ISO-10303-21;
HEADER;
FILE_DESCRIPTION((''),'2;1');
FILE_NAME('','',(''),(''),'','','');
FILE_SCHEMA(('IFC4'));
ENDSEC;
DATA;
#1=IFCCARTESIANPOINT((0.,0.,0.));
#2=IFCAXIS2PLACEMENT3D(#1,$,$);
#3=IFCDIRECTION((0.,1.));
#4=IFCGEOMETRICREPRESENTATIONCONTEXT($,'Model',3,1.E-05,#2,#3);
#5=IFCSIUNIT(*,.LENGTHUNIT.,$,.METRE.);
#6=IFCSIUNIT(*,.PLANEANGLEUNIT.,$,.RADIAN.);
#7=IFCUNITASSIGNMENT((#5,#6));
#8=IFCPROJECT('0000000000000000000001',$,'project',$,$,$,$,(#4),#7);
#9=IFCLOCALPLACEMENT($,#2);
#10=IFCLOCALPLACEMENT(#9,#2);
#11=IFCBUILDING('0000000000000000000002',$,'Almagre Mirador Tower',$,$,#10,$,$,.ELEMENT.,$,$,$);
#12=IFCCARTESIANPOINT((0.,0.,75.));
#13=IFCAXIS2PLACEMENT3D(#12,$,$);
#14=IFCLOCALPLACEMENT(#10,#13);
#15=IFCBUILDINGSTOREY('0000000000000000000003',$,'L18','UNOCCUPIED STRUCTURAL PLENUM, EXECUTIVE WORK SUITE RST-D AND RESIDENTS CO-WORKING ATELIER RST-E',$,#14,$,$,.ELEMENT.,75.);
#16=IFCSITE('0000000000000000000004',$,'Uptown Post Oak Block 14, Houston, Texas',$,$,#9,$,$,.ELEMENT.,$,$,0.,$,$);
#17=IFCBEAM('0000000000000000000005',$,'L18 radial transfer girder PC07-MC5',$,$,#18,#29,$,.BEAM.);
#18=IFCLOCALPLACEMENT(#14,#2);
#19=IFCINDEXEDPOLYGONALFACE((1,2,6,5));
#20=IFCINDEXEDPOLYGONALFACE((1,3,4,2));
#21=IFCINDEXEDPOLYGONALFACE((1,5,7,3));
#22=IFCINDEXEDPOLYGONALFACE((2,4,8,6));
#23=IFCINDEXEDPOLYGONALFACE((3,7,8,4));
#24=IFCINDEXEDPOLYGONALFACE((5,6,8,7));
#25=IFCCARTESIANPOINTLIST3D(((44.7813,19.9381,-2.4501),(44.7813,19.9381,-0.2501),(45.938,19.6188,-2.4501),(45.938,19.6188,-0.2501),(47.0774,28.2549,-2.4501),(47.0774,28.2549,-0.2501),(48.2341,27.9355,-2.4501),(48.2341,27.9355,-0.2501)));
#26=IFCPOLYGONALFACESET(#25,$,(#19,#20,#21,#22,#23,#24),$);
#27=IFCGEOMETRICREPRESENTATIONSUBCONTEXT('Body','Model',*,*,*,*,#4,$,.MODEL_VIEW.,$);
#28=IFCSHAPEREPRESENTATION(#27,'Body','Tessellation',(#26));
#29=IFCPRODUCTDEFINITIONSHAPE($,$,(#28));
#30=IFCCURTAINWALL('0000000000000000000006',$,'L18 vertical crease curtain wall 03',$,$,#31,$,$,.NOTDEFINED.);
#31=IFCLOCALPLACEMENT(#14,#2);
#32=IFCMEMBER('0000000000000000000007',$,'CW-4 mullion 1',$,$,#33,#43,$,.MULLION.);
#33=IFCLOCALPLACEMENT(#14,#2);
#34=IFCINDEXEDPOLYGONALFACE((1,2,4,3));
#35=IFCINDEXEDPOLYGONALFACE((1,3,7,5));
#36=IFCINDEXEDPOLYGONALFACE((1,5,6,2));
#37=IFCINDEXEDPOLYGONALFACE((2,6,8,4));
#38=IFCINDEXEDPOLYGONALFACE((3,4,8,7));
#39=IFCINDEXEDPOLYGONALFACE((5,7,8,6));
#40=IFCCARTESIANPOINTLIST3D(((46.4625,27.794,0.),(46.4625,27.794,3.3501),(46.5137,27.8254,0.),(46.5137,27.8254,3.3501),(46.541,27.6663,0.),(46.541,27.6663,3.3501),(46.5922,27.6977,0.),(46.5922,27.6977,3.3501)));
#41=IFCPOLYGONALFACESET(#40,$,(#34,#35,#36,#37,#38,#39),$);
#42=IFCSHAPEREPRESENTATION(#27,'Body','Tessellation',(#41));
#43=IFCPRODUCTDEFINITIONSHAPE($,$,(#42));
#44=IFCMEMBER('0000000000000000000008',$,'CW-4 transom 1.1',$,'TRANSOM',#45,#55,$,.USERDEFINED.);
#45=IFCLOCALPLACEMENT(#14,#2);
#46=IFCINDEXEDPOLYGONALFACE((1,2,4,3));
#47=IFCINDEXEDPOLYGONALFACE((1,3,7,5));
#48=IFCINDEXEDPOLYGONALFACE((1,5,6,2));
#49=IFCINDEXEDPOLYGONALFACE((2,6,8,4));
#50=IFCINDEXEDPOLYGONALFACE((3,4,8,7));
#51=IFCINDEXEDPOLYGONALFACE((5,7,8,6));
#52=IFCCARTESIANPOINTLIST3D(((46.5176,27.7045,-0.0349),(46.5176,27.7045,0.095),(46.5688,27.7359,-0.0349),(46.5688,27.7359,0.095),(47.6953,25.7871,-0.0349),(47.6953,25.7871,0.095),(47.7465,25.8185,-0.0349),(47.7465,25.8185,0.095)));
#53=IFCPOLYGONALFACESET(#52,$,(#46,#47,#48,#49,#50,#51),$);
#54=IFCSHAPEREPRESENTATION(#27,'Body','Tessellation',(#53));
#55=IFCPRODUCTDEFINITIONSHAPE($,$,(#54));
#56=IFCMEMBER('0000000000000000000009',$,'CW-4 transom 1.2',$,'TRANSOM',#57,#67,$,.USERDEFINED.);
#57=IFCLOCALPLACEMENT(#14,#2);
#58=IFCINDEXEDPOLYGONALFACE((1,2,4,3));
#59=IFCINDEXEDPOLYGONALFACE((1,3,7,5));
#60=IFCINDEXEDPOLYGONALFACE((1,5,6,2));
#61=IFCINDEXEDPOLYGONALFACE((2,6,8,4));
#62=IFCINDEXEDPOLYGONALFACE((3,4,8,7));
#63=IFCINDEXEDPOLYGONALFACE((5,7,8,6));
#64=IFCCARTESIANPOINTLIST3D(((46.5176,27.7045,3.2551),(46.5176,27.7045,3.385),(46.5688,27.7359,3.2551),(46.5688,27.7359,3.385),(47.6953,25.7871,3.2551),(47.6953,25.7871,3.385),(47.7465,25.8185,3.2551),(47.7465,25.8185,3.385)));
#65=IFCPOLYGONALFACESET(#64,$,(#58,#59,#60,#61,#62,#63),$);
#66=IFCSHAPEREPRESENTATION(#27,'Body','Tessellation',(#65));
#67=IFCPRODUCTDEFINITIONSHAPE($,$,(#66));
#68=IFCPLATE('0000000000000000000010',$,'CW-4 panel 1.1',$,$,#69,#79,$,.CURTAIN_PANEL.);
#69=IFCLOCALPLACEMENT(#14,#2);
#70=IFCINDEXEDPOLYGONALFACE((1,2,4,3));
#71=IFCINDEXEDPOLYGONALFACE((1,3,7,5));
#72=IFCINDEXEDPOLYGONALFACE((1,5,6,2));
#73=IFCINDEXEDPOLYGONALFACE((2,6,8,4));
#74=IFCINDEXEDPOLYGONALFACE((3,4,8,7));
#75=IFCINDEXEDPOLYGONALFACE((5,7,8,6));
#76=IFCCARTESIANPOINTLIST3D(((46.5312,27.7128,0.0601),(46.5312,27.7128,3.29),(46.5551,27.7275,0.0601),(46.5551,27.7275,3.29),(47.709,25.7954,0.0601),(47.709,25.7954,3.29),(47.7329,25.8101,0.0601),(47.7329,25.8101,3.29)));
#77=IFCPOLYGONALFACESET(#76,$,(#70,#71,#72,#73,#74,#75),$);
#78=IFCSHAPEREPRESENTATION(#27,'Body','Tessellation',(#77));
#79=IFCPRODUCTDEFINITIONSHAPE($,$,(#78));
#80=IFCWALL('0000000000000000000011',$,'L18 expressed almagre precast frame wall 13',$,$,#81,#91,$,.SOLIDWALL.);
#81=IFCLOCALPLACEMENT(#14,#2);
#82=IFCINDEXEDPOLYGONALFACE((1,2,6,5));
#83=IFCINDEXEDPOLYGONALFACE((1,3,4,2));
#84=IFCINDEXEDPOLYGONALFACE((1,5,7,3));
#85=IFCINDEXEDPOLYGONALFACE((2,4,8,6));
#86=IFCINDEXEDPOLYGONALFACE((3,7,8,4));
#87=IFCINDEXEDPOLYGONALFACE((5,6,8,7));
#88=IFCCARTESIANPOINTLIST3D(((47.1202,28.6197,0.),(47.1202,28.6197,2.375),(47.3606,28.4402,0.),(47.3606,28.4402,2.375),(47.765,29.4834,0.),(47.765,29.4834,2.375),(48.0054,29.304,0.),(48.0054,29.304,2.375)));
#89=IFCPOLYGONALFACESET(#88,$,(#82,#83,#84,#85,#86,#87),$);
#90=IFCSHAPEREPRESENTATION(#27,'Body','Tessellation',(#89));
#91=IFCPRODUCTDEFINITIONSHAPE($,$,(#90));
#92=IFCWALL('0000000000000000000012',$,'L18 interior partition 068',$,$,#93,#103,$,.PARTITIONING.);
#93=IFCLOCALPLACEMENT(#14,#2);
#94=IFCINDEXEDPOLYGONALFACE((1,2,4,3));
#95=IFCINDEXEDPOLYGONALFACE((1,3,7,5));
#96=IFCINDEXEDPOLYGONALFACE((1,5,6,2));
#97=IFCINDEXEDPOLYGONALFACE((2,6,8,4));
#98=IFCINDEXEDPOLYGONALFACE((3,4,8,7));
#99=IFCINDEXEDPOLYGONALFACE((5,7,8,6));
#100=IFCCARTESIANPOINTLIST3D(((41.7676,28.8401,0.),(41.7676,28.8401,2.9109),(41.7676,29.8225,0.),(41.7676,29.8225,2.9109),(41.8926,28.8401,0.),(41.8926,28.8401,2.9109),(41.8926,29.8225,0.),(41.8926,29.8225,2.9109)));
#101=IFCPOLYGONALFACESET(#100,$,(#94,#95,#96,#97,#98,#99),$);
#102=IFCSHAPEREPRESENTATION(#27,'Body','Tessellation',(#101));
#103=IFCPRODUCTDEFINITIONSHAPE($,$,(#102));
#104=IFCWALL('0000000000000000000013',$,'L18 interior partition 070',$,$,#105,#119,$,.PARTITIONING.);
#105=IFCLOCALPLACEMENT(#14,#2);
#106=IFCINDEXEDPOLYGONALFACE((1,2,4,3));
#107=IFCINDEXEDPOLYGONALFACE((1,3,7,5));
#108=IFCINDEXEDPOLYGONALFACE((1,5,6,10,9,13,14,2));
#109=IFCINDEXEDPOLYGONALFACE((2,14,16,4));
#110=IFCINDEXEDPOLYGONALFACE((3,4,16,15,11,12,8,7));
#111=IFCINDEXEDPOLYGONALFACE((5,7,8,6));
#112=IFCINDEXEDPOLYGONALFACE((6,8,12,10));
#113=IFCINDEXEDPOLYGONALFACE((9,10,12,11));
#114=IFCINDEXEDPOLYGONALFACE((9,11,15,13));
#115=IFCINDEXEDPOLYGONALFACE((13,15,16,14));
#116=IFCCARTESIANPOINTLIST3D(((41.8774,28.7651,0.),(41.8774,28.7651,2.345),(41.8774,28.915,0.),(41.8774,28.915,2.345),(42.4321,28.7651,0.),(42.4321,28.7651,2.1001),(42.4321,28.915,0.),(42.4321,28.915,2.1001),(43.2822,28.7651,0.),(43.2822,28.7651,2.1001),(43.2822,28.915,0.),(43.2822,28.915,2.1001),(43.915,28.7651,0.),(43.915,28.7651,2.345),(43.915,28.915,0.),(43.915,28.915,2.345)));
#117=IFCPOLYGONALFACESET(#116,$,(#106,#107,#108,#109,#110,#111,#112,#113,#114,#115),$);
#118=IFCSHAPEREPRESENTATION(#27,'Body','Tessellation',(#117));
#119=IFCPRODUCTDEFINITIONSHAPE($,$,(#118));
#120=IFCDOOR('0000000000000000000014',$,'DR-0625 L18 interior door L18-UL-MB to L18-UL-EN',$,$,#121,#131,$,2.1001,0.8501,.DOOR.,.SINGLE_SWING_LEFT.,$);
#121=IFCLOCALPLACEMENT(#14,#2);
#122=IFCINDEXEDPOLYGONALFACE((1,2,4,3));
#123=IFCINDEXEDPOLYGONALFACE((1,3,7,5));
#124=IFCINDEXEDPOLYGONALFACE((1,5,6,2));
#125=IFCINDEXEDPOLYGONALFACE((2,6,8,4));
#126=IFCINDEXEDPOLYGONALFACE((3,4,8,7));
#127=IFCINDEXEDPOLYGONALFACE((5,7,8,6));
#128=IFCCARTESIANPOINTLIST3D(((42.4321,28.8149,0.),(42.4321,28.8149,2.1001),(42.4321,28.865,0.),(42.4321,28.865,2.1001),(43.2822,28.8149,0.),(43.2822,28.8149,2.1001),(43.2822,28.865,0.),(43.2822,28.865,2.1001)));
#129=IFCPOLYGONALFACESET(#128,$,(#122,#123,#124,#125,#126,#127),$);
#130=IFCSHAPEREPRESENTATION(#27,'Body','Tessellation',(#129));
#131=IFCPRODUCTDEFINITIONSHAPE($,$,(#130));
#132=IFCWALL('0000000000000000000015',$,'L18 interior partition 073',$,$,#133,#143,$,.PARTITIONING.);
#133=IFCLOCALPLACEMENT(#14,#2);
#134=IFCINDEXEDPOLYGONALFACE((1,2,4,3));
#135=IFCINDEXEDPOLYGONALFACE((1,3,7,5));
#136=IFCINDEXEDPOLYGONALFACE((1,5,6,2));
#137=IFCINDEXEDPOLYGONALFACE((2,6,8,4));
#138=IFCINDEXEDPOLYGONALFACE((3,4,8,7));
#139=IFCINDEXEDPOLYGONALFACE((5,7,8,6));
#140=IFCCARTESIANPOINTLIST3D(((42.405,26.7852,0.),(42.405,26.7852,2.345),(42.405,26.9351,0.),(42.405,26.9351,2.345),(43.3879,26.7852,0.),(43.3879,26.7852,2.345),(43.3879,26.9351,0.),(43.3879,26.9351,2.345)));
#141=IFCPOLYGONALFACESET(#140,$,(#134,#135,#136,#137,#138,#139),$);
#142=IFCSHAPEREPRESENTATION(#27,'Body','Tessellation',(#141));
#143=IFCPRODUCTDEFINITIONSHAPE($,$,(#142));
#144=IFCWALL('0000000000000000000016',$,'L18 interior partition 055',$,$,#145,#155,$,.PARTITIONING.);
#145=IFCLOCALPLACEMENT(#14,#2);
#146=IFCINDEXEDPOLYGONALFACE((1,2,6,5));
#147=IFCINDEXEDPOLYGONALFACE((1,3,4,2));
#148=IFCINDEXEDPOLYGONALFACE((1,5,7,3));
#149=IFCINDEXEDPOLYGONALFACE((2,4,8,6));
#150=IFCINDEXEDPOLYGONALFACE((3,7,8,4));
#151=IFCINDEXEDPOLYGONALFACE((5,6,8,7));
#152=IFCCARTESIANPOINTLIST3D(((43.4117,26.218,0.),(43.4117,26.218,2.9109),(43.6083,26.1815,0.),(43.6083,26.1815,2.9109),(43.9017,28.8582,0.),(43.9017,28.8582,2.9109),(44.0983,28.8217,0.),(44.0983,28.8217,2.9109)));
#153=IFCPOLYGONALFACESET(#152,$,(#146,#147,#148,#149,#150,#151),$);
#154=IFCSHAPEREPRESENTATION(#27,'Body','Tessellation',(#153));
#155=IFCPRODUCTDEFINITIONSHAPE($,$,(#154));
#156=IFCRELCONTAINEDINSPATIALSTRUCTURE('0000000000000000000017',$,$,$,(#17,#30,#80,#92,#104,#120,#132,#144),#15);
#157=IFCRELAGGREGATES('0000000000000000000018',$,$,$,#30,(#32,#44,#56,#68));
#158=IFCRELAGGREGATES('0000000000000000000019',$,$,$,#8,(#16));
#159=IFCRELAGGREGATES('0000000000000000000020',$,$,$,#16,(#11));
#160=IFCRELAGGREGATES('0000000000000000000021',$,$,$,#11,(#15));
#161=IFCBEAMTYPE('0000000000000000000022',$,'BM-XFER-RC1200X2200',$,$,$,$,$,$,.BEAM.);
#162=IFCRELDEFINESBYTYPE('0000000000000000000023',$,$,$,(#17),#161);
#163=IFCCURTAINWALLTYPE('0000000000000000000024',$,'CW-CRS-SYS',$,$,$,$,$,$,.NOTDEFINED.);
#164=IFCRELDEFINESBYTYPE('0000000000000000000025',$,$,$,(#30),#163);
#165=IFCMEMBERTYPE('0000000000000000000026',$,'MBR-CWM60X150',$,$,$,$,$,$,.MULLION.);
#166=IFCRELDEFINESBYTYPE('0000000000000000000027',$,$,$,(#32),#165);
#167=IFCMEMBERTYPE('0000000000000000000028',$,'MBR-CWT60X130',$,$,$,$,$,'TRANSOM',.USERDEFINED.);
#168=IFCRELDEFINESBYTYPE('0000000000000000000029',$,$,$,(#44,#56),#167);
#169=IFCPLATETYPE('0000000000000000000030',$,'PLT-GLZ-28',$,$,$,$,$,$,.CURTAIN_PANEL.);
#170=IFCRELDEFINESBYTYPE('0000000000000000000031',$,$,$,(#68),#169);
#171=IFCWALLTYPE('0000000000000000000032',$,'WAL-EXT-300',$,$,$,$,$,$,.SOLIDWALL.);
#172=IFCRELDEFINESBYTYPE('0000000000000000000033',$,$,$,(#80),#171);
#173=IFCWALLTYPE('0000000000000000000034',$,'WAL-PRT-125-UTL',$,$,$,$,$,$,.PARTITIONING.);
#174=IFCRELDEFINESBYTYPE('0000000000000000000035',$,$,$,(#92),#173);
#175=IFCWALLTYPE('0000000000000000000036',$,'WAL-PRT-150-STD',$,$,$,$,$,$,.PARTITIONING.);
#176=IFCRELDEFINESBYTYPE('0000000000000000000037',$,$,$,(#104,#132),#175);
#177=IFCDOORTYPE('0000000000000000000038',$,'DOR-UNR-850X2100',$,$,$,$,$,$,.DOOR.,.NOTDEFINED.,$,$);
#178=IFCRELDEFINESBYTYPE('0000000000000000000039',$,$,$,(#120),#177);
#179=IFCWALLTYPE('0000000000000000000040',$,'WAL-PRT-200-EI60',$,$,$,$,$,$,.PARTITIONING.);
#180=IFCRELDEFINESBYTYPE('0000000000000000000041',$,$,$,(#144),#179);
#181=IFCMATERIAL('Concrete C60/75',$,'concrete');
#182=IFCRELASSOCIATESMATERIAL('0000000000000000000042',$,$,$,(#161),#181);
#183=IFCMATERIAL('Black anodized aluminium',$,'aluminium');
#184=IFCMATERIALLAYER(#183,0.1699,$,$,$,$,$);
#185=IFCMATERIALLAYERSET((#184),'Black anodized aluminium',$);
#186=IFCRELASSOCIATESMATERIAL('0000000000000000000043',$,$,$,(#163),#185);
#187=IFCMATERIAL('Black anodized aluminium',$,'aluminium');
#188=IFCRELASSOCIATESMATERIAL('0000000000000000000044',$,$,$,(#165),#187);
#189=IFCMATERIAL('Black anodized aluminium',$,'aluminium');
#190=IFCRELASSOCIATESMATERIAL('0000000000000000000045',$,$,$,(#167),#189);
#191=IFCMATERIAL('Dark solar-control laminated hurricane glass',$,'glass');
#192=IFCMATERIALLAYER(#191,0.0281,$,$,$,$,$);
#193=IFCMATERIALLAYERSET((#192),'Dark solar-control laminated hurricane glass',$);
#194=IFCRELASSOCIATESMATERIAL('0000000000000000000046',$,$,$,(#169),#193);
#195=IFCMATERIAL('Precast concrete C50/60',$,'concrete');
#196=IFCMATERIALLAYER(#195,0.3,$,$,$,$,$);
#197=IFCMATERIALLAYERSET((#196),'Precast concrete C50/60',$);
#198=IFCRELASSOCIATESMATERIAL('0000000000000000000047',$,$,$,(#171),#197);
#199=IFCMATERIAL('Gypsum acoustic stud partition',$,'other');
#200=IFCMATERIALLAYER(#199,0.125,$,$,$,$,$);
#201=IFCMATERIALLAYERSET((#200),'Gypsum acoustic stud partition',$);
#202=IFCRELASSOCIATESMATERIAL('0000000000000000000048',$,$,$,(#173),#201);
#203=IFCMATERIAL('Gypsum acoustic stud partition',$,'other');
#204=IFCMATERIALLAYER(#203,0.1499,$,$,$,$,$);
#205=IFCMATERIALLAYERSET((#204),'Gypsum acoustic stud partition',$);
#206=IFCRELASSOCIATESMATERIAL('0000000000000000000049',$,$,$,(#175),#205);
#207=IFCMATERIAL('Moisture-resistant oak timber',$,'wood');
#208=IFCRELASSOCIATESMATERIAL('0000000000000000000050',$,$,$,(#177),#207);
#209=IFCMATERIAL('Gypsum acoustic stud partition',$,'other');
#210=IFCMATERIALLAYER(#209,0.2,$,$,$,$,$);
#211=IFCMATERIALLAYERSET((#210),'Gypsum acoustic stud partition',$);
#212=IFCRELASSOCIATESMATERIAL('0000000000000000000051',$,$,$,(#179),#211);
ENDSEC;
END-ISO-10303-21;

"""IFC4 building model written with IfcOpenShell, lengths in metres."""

from ifc_helpers import new_model, si_unit, direction, frame, frame_2d, origin, origin_2d, place, context, subcontext, project, spatial, rectangle, extrude, material, layer, layer_set, material_profile, profile_set, type_object, element, fill, aggregate, save


model = new_model("IFC4")

# Units and contexts
model_context = context("Model", 3, precision=1e-05, world=origin(), true_north=direction((0.0, 1.0)))
body_context = subcontext(model_context, "Body", "Model", "MODEL_VIEW")
ifc_project = project(units=[si_unit("LENGTHUNIT", "METRE"), si_unit("PLANEANGLEUNIT", "RADIAN")], contexts=[model_context])

# Site, building, storey
site_placement = place(None, origin())
site = spatial("IfcSite", under=ifc_project, at=site_placement, Name="Uptown Post Oak Block 14, Houston, Texas", CompositionType="ELEMENT", RefElevation=0.0)
building_placement = place(site_placement, origin())
building = spatial("IfcBuilding", under=site, at=building_placement, Name="Almagre Mirador Tower", CompositionType="ELEMENT")
storey_placement = place(building_placement, frame((0.0, 0.0, 75.0)))
storey = spatial("IfcBuildingStorey", under=building, at=storey_placement, Name="L18", Description="UNOCCUPIED STRUCTURAL PLENUM, EXECUTIVE WORK SUITE RST-D AND RESIDENTS CO-WORKING ATELIER RST-E", CompositionType="ELEMENT", Elevation=75.0)

# Beam
ifc_material_1 = material(Name="Concrete C60/75", Category="concrete")
ifc_material_profile_1 = material_profile(ifc_material_1, rectangle(XDim=1.2, YDim=2.2, at=origin_2d()), Name="RC1200X2200")
ifc_profile_set_1 = profile_set([ifc_material_profile_1], Name="Concrete C60/75")
beam_type_1 = type_object("IfcBeamType", Name="BM-XFER-RC1200X2200", PredefinedType="BEAM", material=ifc_profile_set_1)
beam_1_placement = place(storey_placement, frame((47.6558, 28.0952, -1.3501), z_axis=(-0.266126, -0.963938, 0.0), x_axis=(0.963938, -0.266126, 0.0)))
element("IfcBeam", 1, at=beam_1_placement, inside=storey, type_object=beam_type_1, Name="L18 radial transfer girder PC07-MC5", PredefinedType="BEAM", context=body_context, shape_type="SweptSolid", body=[
    extrude(rectangle(XDim=1.2, YDim=2.2, at=origin_2d()), origin(), (0.0, 0.0, 1.0), 8.6279),
])

# Curtain wall, members, plate
ifc_material_2 = material(Name="Black anodized aluminium", Category="aluminium")
ifc_layer_1 = layer(ifc_material_2, 0.1699)
ifc_layer_set_1 = layer_set([ifc_layer_1], Name="Black anodized aluminium")
curtain_wall_type = type_object("IfcCurtainWallType", Name="CW-CRS-SYS", PredefinedType="NOTDEFINED", material=ifc_layer_set_1)
curtain_wall_placement = place(storey_placement, origin())
curtain_wall = element("IfcCurtainWall", 2, at=curtain_wall_placement, inside=storey, type_object=curtain_wall_type, Name="L18 vertical crease curtain wall 03", PredefinedType="NOTDEFINED")
ifc_material_3 = material(Name="Black anodized aluminium", Category="aluminium")
ifc_material_profile_2 = material_profile(ifc_material_3, rectangle(XDim=0.0601, YDim=0.1499, at=origin_2d()), Name="CWM60X150")
ifc_profile_set_2 = profile_set([ifc_material_profile_2], Name="Black anodized aluminium")
member_type_1 = type_object("IfcMemberType", Name="MBR-CWM60X150", PredefinedType="MULLION", material=ifc_profile_set_2)
member_1_placement = place(storey_placement, frame((46.5273, 27.7458, 0.0), z_axis=(0.0, 0.0, 1.0), x_axis=(0.852078, 0.523415, 0.0)))
member_1 = element("IfcMember", 3, at=member_1_placement, type_object=member_type_1, Name="CW-4 mullion 1", PredefinedType="MULLION", context=body_context, shape_type="SweptSolid", body=[
    extrude(rectangle(XDim=0.0601, YDim=0.1499, at=origin_2d()), origin(), (0.0, 0.0, 1.0), 3.3501),
])
ifc_material_4 = material(Name="Black anodized aluminium", Category="aluminium")
ifc_material_profile_3 = material_profile(ifc_material_4, rectangle(XDim=0.0601, YDim=0.1299, at=origin_2d()), Name="CWT60X130")
ifc_profile_set_3 = profile_set([ifc_material_profile_3], Name="Black anodized aluminium")
member_type_2 = type_object("IfcMemberType", Name="MBR-CWT60X130", ElementType="TRANSOM", PredefinedType="USERDEFINED", material=ifc_profile_set_3)
member_2_placement = place(storey_placement, frame((46.5432, 27.7202, 0.03), z_axis=(0.523371, -0.852105, 0.0), x_axis=(0.852105, 0.523371, 0.0)))
member_2 = element("IfcMember", 4, at=member_2_placement, type_object=member_type_2, Name="CW-4 transom 1.1", ObjectType="TRANSOM", PredefinedType="USERDEFINED", context=body_context, shape_type="SweptSolid", body=[
    extrude(rectangle(XDim=0.0601, YDim=0.1299, at=origin_2d()), origin(), (0.0, 0.0, 1.0), 2.2502),
])
member_3_placement = place(storey_placement, frame((46.5432, 27.7202, 3.3201), z_axis=(0.523371, -0.852105, 0.0), x_axis=(0.852105, 0.523371, 0.0)))
member_3 = element("IfcMember", 5, at=member_3_placement, type_object=member_type_2, Name="CW-4 transom 1.2", ObjectType="TRANSOM", PredefinedType="USERDEFINED", context=body_context, shape_type="SweptSolid", body=[
    extrude(rectangle(XDim=0.0601, YDim=0.1299, at=origin_2d()), origin(), (0.0, 0.0, 1.0), 2.2502),
])
ifc_material_5 = material(Name="Dark solar-control laminated hurricane glass", Category="glass")
ifc_layer_2 = layer(ifc_material_5, 0.0281)
ifc_layer_set_2 = layer_set([ifc_layer_2], Name="Dark solar-control laminated hurricane glass")
plate_type = type_object("IfcPlateType", Name="PLT-GLZ-28", PredefinedType="CURTAIN_PANEL", material=ifc_layer_set_2)
plate_placement = place(storey_placement, frame((47.1321, 26.7615, 0.0601), z_axis=(0.0, 0.0, 1.0), x_axis=(0.523415, -0.852078, 0.0)))
plate = element("IfcPlate", 6, at=plate_placement, type_object=plate_type, Name="CW-4 panel 1.1", PredefinedType="CURTAIN_PANEL", context=body_context, shape_type="SweptSolid", body=[
    extrude(rectangle(XDim=2.2502, YDim=0.0281, at=origin_2d()), origin(), (0.0, 0.0, 1.0), 3.23),
])
aggregate(curtain_wall, [member_1, member_2, member_3, plate])

# Walls
ifc_material_6 = material(Name="Precast concrete C50/60", Category="concrete")
ifc_layer_3 = layer(ifc_material_6, 0.3)
ifc_layer_set_3 = layer_set([ifc_layer_3], Name="Precast concrete C50/60")
wall_type_1 = type_object("IfcWallType", Name="WAL-EXT-300", PredefinedType="SOLIDWALL", material=ifc_layer_set_3)
wall_1_placement = place(storey_placement, frame((47.8853, 29.3938, 0.0), z_axis=(0.0, 0.0, 1.0), x_axis=(-0.598186, -0.801357, 0.0)))
element("IfcWall", 7, at=wall_1_placement, inside=storey, type_object=wall_type_1, Name="L18 expressed almagre precast frame wall 13", PredefinedType="SOLIDWALL", context=body_context, shape_type="SweptSolid", body=[
    extrude(rectangle(XDim=1.0779, YDim=0.3, at=frame_2d((0.5391, 0.0))), origin(), (0.0, 0.0, 1.0), 2.375),
])
ifc_material_7 = material(Name="Gypsum acoustic stud partition", Category="other")
ifc_layer_4 = layer(ifc_material_7, 0.125)
ifc_layer_set_4 = layer_set([ifc_layer_4], Name="Gypsum acoustic stud partition")
wall_type_2 = type_object("IfcWallType", Name="WAL-PRT-125-UTL", PredefinedType="PARTITIONING", material=ifc_layer_set_4)
wall_2_placement = place(storey_placement, frame((41.8301, 28.8401, 0.0), z_axis=(0.0, 0.0, 1.0), x_axis=(0.0, 1.0, 0.0)))
element("IfcWall", 8, at=wall_2_placement, inside=storey, type_object=wall_type_2, Name="L18 interior partition 068", PredefinedType="PARTITIONING", context=body_context, shape_type="SweptSolid", body=[
    extrude(rectangle(XDim=0.9824, YDim=0.125, at=frame_2d((0.4912, 0.0))), origin(), (0.0, 0.0, 1.0), 2.9109),
])

# Wall, opening, door
ifc_material_8 = material(Name="Gypsum acoustic stud partition", Category="other")
ifc_layer_5 = layer(ifc_material_8, 0.1499)
ifc_layer_set_5 = layer_set([ifc_layer_5], Name="Gypsum acoustic stud partition")
wall_type_3 = type_object("IfcWallType", Name="WAL-PRT-150-STD", PredefinedType="PARTITIONING", material=ifc_layer_set_5)
wall_3_placement = place(storey_placement, frame((41.8774, 28.8401, 0.0), z_axis=(0.0, 0.0, 1.0), x_axis=(1.0, 0.0, 0.0)))
wall_3 = element("IfcWall", 9, at=wall_3_placement, inside=storey, type_object=wall_type_3, Name="L18 interior partition 070", PredefinedType="PARTITIONING", context=body_context, shape_type="SweptSolid", body=[
    extrude(rectangle(XDim=2.0376, YDim=0.1499, at=frame_2d((1.0188, 0.0))), origin(), (0.0, 0.0, 1.0), 2.345),
])
opening_placement = place(wall_3_placement, frame((0.5547, 0.0, 0.0)))
opening = element("IfcOpeningElement", 10, at=opening_placement, cuts=wall_3, PredefinedType="OPENING", context=body_context, shape_type="SweptSolid", body=[
    extrude(rectangle(XDim=0.8501, YDim=2.1001, at=frame_2d((0.425, 1.05))), frame((0.0, 0.085, 0.0), z_axis=(0.0, -1.0, 0.0), x_axis=(1.0, 0.0, 0.0)), (0.0, 0.0, 1.0), 0.1699),
])
ifc_material_9 = material(Name="Moisture-resistant oak timber", Category="wood")
door_type = type_object("IfcDoorType", Name="DOR-UNR-850X2100", OperationType="NOTDEFINED", PredefinedType="DOOR", material=ifc_material_9)
door_placement = place(opening_placement, origin())
door = element("IfcDoor", 11, at=door_placement, inside=storey, type_object=door_type, Name="DR-0625 L18 interior door L18-UL-MB to L18-UL-EN", OperationType="SINGLE_SWING_LEFT", OverallHeight=2.1001, OverallWidth=0.8501, PredefinedType="DOOR", context=body_context, shape_type="SweptSolid", body=[
    extrude(rectangle(XDim=0.8501, YDim=2.1001, at=frame_2d((0.425, 1.05))), frame((0.0, 0.0249, 0.0), z_axis=(0.0, -1.0, 0.0), x_axis=(1.0, 0.0, 0.0)), (0.0, 0.0, 1.0), 0.05),
])
fill(opening, door)

# Walls
wall_4_placement = place(storey_placement, frame((42.405, 26.8601, 0.0), z_axis=(0.0, 0.0, 1.0), x_axis=(1.0, 0.0, 0.0)))
element("IfcWall", 12, at=wall_4_placement, inside=storey, type_object=wall_type_3, Name="L18 interior partition 073", PredefinedType="PARTITIONING", context=body_context, shape_type="SweptSolid", body=[
    extrude(rectangle(XDim=0.9829, YDim=0.1499, at=frame_2d((0.4915, 0.0))), origin(), (0.0, 0.0, 1.0), 2.345),
])
ifc_material_10 = material(Name="Gypsum acoustic stud partition", Category="other")
ifc_layer_6 = layer(ifc_material_10, 0.2)
ifc_layer_set_6 = layer_set([ifc_layer_6], Name="Gypsum acoustic stud partition")
wall_type_4 = type_object("IfcWallType", Name="WAL-PRT-200-EI60", PredefinedType="PARTITIONING", material=ifc_layer_set_6)
wall_5_placement = place(storey_placement, frame((44.0, 28.8401, 0.0), z_axis=(0.0, 0.0, 1.0), x_axis=(-0.182477, -0.98321, 0.0)))
element("IfcWall", 13, at=wall_5_placement, inside=storey, type_object=wall_type_4, Name="L18 interior partition 055", PredefinedType="PARTITIONING", context=body_context, shape_type="SweptSolid", body=[
    extrude(rectangle(XDim=2.6853, YDim=0.2, at=frame_2d((1.3428, 0.0))), origin(), (0.0, 0.0, 1.0), 2.9109),
])

save(model, "model.ifc")
